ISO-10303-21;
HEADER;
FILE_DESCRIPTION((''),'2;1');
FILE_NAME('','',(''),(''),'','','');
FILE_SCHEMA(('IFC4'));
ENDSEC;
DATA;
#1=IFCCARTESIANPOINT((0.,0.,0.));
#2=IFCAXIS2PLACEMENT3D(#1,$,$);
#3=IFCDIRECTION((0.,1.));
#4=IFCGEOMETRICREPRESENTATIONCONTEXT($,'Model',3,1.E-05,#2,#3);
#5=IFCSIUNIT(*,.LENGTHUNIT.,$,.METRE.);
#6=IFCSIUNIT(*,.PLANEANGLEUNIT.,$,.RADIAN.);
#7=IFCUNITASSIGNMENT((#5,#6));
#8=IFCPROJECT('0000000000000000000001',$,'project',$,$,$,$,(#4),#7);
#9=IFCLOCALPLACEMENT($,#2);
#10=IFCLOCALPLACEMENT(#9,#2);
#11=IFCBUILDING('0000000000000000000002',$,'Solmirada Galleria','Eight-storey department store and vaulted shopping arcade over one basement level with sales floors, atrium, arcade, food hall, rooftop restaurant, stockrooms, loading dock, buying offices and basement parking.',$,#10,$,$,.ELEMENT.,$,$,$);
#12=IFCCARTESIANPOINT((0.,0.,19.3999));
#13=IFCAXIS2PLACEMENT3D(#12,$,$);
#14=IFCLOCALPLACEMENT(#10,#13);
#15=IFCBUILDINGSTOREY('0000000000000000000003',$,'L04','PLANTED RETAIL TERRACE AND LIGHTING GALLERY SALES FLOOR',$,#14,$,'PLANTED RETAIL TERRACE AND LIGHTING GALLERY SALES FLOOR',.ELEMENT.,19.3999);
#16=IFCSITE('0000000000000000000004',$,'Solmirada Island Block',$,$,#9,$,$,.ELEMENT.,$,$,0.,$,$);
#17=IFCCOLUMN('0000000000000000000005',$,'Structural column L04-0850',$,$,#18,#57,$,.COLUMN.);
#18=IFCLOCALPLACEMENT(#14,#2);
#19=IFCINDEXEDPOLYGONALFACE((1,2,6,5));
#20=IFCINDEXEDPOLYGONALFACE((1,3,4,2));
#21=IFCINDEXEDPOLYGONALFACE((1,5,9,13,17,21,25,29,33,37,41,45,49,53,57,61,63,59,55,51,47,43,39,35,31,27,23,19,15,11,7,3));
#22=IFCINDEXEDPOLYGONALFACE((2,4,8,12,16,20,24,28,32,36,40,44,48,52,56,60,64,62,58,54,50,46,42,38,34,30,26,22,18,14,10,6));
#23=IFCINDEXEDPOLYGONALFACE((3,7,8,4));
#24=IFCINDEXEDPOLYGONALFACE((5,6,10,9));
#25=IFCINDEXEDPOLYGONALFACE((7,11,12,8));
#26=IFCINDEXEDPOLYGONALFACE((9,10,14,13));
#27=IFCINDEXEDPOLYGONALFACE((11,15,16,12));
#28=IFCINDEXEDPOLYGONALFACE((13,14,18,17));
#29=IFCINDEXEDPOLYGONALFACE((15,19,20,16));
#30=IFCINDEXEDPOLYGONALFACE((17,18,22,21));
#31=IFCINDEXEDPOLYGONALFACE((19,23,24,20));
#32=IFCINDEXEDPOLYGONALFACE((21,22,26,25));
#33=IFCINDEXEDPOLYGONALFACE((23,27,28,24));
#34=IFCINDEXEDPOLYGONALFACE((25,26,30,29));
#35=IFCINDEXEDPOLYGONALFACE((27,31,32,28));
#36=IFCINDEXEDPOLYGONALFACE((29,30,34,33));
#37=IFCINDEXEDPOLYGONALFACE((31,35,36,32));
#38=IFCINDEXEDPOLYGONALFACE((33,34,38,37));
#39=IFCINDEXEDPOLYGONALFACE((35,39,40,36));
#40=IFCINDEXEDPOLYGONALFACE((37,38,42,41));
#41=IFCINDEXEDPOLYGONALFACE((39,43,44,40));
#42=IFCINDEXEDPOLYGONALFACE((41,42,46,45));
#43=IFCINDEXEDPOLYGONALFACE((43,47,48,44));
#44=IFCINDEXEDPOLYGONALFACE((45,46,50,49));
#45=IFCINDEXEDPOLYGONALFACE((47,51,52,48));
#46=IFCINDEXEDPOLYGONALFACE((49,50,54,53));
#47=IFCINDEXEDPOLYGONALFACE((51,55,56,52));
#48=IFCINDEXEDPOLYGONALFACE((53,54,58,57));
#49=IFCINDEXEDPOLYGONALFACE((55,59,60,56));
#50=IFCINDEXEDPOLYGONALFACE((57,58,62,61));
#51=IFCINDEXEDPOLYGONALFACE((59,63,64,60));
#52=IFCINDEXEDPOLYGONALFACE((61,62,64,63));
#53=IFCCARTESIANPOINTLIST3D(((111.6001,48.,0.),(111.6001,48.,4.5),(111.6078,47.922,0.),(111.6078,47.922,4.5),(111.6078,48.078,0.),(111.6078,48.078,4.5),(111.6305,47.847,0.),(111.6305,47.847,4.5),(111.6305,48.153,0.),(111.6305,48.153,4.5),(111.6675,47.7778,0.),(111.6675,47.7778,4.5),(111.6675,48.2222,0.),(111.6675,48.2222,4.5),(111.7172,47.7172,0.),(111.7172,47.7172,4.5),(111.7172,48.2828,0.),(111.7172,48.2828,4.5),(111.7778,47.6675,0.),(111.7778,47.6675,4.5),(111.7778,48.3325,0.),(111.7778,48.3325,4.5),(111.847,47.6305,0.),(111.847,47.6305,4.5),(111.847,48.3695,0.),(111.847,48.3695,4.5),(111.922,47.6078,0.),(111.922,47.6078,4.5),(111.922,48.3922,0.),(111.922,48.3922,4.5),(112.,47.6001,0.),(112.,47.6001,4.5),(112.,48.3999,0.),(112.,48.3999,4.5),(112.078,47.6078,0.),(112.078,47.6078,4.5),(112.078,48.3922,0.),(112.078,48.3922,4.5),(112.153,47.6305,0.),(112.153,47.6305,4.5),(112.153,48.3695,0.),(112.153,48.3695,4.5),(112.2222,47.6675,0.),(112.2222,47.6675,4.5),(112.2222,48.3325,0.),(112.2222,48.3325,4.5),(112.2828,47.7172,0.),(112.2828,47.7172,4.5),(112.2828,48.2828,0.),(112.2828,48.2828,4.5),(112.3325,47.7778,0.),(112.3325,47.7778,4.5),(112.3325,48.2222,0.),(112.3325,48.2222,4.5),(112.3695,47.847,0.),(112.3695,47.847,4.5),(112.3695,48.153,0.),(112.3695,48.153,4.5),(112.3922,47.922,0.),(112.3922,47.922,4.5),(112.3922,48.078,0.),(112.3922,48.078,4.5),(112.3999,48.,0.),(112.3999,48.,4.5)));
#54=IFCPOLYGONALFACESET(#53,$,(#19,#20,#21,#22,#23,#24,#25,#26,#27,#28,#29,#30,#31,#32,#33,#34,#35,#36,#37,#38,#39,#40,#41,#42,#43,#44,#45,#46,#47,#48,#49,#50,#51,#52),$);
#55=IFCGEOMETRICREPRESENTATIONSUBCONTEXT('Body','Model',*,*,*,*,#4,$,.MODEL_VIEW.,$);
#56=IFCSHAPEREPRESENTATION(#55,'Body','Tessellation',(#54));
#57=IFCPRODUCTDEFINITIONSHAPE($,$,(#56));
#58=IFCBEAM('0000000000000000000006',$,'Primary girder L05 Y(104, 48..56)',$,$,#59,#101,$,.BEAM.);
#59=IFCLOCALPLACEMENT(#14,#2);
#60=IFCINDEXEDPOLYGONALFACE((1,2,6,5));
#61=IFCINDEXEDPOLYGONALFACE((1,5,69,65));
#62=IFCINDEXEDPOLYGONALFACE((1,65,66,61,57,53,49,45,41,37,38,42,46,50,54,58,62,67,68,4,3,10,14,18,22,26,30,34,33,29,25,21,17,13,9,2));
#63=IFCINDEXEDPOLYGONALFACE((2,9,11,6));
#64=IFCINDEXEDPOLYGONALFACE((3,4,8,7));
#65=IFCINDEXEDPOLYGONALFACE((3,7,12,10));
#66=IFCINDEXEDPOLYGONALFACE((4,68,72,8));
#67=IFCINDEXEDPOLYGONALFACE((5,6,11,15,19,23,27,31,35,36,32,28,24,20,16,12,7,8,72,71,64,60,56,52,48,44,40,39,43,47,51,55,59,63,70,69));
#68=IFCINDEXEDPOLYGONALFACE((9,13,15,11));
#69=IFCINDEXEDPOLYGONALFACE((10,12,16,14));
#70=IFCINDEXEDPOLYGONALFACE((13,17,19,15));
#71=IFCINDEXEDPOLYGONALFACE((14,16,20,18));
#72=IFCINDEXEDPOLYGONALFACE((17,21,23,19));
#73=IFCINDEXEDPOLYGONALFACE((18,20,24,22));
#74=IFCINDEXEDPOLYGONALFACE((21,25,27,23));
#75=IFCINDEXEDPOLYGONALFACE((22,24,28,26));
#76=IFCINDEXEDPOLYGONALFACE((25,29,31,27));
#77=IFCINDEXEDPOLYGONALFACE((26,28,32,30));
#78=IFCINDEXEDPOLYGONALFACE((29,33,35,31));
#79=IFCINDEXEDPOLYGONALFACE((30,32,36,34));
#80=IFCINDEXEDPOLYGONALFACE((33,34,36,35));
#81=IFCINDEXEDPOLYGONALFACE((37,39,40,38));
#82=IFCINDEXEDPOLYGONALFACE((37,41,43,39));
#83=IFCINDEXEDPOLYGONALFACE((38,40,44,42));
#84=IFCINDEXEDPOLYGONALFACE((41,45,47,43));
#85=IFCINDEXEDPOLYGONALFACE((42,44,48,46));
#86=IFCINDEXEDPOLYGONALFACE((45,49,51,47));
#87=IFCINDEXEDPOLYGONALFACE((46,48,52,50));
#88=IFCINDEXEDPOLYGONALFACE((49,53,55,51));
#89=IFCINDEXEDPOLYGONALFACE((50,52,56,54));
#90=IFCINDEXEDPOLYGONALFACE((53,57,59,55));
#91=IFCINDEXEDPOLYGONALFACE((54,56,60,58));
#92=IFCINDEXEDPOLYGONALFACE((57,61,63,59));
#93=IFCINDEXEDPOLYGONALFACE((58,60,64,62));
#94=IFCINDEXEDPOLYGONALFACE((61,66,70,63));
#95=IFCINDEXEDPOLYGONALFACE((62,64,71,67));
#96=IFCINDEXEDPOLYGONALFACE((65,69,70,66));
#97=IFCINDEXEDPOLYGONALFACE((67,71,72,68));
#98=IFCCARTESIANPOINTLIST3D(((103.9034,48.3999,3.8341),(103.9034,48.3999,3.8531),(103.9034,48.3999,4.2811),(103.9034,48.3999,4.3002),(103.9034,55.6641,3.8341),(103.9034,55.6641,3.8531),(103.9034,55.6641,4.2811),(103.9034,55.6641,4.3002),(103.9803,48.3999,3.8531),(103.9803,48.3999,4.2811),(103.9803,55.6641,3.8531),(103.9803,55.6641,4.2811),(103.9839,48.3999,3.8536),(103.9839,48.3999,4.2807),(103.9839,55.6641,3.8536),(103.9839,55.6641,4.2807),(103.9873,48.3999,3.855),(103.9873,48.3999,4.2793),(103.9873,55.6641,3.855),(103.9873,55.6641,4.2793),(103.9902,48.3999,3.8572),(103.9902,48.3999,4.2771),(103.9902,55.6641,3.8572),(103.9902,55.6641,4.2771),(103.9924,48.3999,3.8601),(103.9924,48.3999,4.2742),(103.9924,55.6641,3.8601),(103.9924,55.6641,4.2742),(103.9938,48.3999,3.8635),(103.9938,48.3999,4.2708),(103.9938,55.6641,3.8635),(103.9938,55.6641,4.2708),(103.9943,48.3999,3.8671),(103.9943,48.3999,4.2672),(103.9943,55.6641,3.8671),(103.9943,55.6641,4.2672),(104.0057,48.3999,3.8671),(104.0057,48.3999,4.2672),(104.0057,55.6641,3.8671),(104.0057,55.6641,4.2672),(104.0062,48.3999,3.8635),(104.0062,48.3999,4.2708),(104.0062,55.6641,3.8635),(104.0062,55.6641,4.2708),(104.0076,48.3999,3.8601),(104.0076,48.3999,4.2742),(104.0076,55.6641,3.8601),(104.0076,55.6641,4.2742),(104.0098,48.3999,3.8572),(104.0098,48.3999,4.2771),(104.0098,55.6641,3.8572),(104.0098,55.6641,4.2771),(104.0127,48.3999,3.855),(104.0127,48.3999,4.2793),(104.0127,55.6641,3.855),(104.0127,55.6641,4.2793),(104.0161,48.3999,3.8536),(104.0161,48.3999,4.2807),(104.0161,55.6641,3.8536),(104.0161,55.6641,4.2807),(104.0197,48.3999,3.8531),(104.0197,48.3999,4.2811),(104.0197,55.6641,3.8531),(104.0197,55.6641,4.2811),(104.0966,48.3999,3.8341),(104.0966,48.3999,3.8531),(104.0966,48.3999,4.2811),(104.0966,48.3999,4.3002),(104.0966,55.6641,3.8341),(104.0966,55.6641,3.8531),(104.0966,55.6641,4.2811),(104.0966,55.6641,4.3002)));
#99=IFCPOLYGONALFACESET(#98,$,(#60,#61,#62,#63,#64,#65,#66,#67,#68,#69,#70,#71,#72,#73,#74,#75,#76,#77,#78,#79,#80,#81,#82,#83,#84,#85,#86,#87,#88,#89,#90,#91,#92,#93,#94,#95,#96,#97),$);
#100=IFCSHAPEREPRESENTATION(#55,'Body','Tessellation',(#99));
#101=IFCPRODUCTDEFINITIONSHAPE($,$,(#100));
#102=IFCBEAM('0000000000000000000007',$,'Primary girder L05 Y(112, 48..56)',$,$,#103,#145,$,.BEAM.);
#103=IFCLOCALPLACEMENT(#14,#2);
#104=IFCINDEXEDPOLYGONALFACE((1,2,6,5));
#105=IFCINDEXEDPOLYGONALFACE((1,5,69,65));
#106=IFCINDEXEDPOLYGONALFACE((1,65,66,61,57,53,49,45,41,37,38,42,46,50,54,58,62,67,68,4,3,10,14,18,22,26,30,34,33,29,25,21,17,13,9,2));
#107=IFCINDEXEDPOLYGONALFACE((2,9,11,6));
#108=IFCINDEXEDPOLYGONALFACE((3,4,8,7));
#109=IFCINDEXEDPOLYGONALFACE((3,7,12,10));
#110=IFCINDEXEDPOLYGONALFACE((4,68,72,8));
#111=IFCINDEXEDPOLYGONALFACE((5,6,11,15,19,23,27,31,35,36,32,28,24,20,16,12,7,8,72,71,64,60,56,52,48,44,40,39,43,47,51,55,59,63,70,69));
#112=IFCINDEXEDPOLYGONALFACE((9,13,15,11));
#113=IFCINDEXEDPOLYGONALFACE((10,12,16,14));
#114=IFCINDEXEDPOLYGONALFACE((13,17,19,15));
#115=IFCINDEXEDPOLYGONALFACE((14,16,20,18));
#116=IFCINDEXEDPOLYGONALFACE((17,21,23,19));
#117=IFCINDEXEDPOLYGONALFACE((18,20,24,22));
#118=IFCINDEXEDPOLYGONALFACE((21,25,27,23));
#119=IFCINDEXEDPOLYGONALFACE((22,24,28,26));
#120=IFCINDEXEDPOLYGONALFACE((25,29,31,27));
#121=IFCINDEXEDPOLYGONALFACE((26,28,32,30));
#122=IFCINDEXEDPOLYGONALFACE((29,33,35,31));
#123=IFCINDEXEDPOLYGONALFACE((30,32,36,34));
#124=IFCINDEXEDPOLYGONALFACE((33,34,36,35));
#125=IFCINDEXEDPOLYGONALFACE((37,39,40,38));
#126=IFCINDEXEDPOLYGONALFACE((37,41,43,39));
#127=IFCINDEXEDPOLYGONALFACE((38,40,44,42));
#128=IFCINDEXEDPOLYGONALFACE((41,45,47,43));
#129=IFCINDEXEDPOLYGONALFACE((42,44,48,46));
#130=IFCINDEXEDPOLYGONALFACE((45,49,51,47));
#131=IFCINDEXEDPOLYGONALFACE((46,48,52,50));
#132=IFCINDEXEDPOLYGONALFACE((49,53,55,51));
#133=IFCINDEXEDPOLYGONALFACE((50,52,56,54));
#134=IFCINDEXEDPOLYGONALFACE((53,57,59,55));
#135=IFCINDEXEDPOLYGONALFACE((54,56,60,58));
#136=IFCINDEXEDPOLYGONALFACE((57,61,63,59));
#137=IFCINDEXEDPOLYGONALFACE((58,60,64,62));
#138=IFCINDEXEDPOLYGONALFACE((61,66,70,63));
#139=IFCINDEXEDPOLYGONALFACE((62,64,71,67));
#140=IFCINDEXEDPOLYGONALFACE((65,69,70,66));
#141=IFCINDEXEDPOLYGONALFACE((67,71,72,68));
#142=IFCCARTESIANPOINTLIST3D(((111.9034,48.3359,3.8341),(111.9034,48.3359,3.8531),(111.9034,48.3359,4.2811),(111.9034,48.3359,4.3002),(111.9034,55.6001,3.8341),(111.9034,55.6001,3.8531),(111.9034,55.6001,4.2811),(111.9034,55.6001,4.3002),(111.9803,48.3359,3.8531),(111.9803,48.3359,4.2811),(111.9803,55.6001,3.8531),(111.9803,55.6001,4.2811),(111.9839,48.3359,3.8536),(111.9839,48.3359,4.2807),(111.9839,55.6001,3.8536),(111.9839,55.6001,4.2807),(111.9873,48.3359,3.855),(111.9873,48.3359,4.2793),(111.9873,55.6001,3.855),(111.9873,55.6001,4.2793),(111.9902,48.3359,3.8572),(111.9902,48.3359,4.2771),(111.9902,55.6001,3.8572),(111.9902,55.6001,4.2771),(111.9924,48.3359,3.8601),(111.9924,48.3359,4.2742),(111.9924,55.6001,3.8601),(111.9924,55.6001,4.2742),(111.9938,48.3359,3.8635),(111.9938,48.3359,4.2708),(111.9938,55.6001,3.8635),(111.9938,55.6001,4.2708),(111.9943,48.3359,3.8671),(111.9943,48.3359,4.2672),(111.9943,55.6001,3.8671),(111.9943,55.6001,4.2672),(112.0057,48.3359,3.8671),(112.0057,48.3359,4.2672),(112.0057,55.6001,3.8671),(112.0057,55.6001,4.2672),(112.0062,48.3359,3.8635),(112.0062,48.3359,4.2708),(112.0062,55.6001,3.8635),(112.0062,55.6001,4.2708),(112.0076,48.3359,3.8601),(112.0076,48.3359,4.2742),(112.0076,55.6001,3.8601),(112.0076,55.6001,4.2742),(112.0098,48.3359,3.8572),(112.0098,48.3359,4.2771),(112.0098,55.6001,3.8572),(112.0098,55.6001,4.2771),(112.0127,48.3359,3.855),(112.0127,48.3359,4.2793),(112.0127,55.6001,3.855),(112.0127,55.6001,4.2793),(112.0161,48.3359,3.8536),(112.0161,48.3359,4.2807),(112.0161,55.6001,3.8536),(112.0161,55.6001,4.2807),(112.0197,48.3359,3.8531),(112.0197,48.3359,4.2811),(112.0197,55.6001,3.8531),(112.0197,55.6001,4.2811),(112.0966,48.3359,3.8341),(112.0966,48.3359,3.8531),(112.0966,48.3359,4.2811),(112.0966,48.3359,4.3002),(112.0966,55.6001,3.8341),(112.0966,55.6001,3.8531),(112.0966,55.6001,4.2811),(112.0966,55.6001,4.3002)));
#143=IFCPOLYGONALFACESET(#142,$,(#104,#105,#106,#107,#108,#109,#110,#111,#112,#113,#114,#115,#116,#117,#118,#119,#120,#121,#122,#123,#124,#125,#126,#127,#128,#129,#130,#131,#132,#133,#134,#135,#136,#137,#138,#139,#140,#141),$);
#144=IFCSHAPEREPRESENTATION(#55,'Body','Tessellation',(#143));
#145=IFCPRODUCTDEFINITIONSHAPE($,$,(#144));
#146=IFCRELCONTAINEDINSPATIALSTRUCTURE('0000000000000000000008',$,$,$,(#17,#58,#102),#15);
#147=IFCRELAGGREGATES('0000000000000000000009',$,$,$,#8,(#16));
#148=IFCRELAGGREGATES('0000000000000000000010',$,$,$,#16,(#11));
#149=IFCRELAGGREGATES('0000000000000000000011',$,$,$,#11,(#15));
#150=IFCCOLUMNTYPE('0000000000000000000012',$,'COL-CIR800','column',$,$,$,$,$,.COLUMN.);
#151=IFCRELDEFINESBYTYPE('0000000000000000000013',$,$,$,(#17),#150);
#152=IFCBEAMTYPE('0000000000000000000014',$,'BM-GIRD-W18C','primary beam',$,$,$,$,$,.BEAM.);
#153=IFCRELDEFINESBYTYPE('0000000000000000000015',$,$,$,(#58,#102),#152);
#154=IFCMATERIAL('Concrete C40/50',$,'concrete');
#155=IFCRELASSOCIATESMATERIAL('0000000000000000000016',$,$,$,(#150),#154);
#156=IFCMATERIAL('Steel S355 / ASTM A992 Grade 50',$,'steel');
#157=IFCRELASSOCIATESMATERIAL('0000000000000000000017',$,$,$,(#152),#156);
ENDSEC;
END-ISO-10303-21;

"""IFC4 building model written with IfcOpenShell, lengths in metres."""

from ifc_helpers import new_model, si_unit, direction, frame, origin, origin_2d, place, context, subcontext, project, spatial, circle, i_section, extrude, material, material_profile, profile_set, type_object, element, save


model = new_model("IFC4")

# Units and contexts
model_context = context("Model", 3, precision=1e-05, world=origin(), true_north=direction((0.0, 1.0)))
body_context = subcontext(model_context, "Body", "Model", "MODEL_VIEW")
ifc_project = project(units=[si_unit("LENGTHUNIT", "METRE"), si_unit("PLANEANGLEUNIT", "RADIAN")], contexts=[model_context])

# Site, building, storey
site_placement = place(None, origin())
site = spatial("IfcSite", under=ifc_project, at=site_placement, Name="Solmirada Island Block", CompositionType="ELEMENT", RefElevation=0.0)
building_placement = place(site_placement, origin())
building = spatial("IfcBuilding", under=site, at=building_placement, Name="Solmirada Galleria", Description="Eight-storey department store and vaulted shopping arcade over one basement level with sales floors, atrium, arcade, food hall, rooftop restaurant, stockrooms, loading dock, buying offices and basement parking.", CompositionType="ELEMENT")
storey_placement = place(building_placement, frame((0.0, 0.0, 19.3999)))
storey = spatial("IfcBuildingStorey", under=building, at=storey_placement, Name="L04", Description="PLANTED RETAIL TERRACE AND LIGHTING GALLERY SALES FLOOR", LongName="PLANTED RETAIL TERRACE AND LIGHTING GALLERY SALES FLOOR", CompositionType="ELEMENT", Elevation=19.3999)

# Column
ifc_material_1 = material(Name="Concrete C40/50", Category="concrete")
ifc_material_profile_1 = material_profile(ifc_material_1, circle(Radius=0.3999, at=origin_2d()), Name="RCCOL800")
ifc_profile_set_1 = profile_set([ifc_material_profile_1], Name="Concrete C40/50")
column_type = type_object("IfcColumnType", Name="COL-CIR800", Description="column", PredefinedType="COLUMN", material=ifc_profile_set_1)
column_placement = place(storey_placement, frame((112.0, 48.0, 0.0), z_axis=(0.0, 0.0, 1.0), x_axis=(1.0, 0.0, 0.0)))
element("IfcColumn", 1, at=column_placement, inside=storey, type_object=column_type, Name="Structural column L04-0850", PredefinedType="COLUMN", context=body_context, shape_type="SweptSolid", body=[
    extrude(circle(Radius=0.3999, at=origin_2d()), origin(), (0.0, 0.0, 1.0), 4.5),
])

# Beams
ifc_material_2 = material(Name="Steel S355 / ASTM A992 Grade 50", Category="steel")
ifc_material_profile_2 = material_profile(ifc_material_2, i_section(OverallWidth=0.1931, OverallDepth=0.4661, WebThickness=0.0115, FlangeThickness=0.019, FilletRadius=0.0139, at=origin_2d()), Name="W18X65")
ifc_profile_set_2 = profile_set([ifc_material_profile_2], Name="Steel S355 / ASTM A992 Grade 50")
beam_type = type_object("IfcBeamType", Name="BM-GIRD-W18C", Description="primary beam", PredefinedType="BEAM", material=ifc_profile_set_2)
for number, where, z_axis, x_axis, name in (
    (2, (104.0, 48.3999, 4.0671), (0.0, 1.0, 0.0), (-1.0, 0.0, 0.0), "Primary girder L05 Y(104, 48..56)"),
    (3, (112.0, 48.3359, 4.0671), (0.0, 1.0, 0.0), (-1.0, 0.0, 0.0), "Primary girder L05 Y(112, 48..56)"),
):
    element("IfcBeam", number, at=place(storey_placement, frame(where, z_axis=z_axis, x_axis=x_axis)), inside=storey, type_object=beam_type, Name=name, PredefinedType="BEAM", context=body_context, shape_type="SweptSolid", body=[
        extrude(i_section(OverallWidth=0.1931, OverallDepth=0.4661, WebThickness=0.0115, FlangeThickness=0.019, FilletRadius=0.0139, at=origin_2d()), origin(), (0.0, 0.0, 1.0), 7.2642),
    ])

save(model, "model.ifc")
